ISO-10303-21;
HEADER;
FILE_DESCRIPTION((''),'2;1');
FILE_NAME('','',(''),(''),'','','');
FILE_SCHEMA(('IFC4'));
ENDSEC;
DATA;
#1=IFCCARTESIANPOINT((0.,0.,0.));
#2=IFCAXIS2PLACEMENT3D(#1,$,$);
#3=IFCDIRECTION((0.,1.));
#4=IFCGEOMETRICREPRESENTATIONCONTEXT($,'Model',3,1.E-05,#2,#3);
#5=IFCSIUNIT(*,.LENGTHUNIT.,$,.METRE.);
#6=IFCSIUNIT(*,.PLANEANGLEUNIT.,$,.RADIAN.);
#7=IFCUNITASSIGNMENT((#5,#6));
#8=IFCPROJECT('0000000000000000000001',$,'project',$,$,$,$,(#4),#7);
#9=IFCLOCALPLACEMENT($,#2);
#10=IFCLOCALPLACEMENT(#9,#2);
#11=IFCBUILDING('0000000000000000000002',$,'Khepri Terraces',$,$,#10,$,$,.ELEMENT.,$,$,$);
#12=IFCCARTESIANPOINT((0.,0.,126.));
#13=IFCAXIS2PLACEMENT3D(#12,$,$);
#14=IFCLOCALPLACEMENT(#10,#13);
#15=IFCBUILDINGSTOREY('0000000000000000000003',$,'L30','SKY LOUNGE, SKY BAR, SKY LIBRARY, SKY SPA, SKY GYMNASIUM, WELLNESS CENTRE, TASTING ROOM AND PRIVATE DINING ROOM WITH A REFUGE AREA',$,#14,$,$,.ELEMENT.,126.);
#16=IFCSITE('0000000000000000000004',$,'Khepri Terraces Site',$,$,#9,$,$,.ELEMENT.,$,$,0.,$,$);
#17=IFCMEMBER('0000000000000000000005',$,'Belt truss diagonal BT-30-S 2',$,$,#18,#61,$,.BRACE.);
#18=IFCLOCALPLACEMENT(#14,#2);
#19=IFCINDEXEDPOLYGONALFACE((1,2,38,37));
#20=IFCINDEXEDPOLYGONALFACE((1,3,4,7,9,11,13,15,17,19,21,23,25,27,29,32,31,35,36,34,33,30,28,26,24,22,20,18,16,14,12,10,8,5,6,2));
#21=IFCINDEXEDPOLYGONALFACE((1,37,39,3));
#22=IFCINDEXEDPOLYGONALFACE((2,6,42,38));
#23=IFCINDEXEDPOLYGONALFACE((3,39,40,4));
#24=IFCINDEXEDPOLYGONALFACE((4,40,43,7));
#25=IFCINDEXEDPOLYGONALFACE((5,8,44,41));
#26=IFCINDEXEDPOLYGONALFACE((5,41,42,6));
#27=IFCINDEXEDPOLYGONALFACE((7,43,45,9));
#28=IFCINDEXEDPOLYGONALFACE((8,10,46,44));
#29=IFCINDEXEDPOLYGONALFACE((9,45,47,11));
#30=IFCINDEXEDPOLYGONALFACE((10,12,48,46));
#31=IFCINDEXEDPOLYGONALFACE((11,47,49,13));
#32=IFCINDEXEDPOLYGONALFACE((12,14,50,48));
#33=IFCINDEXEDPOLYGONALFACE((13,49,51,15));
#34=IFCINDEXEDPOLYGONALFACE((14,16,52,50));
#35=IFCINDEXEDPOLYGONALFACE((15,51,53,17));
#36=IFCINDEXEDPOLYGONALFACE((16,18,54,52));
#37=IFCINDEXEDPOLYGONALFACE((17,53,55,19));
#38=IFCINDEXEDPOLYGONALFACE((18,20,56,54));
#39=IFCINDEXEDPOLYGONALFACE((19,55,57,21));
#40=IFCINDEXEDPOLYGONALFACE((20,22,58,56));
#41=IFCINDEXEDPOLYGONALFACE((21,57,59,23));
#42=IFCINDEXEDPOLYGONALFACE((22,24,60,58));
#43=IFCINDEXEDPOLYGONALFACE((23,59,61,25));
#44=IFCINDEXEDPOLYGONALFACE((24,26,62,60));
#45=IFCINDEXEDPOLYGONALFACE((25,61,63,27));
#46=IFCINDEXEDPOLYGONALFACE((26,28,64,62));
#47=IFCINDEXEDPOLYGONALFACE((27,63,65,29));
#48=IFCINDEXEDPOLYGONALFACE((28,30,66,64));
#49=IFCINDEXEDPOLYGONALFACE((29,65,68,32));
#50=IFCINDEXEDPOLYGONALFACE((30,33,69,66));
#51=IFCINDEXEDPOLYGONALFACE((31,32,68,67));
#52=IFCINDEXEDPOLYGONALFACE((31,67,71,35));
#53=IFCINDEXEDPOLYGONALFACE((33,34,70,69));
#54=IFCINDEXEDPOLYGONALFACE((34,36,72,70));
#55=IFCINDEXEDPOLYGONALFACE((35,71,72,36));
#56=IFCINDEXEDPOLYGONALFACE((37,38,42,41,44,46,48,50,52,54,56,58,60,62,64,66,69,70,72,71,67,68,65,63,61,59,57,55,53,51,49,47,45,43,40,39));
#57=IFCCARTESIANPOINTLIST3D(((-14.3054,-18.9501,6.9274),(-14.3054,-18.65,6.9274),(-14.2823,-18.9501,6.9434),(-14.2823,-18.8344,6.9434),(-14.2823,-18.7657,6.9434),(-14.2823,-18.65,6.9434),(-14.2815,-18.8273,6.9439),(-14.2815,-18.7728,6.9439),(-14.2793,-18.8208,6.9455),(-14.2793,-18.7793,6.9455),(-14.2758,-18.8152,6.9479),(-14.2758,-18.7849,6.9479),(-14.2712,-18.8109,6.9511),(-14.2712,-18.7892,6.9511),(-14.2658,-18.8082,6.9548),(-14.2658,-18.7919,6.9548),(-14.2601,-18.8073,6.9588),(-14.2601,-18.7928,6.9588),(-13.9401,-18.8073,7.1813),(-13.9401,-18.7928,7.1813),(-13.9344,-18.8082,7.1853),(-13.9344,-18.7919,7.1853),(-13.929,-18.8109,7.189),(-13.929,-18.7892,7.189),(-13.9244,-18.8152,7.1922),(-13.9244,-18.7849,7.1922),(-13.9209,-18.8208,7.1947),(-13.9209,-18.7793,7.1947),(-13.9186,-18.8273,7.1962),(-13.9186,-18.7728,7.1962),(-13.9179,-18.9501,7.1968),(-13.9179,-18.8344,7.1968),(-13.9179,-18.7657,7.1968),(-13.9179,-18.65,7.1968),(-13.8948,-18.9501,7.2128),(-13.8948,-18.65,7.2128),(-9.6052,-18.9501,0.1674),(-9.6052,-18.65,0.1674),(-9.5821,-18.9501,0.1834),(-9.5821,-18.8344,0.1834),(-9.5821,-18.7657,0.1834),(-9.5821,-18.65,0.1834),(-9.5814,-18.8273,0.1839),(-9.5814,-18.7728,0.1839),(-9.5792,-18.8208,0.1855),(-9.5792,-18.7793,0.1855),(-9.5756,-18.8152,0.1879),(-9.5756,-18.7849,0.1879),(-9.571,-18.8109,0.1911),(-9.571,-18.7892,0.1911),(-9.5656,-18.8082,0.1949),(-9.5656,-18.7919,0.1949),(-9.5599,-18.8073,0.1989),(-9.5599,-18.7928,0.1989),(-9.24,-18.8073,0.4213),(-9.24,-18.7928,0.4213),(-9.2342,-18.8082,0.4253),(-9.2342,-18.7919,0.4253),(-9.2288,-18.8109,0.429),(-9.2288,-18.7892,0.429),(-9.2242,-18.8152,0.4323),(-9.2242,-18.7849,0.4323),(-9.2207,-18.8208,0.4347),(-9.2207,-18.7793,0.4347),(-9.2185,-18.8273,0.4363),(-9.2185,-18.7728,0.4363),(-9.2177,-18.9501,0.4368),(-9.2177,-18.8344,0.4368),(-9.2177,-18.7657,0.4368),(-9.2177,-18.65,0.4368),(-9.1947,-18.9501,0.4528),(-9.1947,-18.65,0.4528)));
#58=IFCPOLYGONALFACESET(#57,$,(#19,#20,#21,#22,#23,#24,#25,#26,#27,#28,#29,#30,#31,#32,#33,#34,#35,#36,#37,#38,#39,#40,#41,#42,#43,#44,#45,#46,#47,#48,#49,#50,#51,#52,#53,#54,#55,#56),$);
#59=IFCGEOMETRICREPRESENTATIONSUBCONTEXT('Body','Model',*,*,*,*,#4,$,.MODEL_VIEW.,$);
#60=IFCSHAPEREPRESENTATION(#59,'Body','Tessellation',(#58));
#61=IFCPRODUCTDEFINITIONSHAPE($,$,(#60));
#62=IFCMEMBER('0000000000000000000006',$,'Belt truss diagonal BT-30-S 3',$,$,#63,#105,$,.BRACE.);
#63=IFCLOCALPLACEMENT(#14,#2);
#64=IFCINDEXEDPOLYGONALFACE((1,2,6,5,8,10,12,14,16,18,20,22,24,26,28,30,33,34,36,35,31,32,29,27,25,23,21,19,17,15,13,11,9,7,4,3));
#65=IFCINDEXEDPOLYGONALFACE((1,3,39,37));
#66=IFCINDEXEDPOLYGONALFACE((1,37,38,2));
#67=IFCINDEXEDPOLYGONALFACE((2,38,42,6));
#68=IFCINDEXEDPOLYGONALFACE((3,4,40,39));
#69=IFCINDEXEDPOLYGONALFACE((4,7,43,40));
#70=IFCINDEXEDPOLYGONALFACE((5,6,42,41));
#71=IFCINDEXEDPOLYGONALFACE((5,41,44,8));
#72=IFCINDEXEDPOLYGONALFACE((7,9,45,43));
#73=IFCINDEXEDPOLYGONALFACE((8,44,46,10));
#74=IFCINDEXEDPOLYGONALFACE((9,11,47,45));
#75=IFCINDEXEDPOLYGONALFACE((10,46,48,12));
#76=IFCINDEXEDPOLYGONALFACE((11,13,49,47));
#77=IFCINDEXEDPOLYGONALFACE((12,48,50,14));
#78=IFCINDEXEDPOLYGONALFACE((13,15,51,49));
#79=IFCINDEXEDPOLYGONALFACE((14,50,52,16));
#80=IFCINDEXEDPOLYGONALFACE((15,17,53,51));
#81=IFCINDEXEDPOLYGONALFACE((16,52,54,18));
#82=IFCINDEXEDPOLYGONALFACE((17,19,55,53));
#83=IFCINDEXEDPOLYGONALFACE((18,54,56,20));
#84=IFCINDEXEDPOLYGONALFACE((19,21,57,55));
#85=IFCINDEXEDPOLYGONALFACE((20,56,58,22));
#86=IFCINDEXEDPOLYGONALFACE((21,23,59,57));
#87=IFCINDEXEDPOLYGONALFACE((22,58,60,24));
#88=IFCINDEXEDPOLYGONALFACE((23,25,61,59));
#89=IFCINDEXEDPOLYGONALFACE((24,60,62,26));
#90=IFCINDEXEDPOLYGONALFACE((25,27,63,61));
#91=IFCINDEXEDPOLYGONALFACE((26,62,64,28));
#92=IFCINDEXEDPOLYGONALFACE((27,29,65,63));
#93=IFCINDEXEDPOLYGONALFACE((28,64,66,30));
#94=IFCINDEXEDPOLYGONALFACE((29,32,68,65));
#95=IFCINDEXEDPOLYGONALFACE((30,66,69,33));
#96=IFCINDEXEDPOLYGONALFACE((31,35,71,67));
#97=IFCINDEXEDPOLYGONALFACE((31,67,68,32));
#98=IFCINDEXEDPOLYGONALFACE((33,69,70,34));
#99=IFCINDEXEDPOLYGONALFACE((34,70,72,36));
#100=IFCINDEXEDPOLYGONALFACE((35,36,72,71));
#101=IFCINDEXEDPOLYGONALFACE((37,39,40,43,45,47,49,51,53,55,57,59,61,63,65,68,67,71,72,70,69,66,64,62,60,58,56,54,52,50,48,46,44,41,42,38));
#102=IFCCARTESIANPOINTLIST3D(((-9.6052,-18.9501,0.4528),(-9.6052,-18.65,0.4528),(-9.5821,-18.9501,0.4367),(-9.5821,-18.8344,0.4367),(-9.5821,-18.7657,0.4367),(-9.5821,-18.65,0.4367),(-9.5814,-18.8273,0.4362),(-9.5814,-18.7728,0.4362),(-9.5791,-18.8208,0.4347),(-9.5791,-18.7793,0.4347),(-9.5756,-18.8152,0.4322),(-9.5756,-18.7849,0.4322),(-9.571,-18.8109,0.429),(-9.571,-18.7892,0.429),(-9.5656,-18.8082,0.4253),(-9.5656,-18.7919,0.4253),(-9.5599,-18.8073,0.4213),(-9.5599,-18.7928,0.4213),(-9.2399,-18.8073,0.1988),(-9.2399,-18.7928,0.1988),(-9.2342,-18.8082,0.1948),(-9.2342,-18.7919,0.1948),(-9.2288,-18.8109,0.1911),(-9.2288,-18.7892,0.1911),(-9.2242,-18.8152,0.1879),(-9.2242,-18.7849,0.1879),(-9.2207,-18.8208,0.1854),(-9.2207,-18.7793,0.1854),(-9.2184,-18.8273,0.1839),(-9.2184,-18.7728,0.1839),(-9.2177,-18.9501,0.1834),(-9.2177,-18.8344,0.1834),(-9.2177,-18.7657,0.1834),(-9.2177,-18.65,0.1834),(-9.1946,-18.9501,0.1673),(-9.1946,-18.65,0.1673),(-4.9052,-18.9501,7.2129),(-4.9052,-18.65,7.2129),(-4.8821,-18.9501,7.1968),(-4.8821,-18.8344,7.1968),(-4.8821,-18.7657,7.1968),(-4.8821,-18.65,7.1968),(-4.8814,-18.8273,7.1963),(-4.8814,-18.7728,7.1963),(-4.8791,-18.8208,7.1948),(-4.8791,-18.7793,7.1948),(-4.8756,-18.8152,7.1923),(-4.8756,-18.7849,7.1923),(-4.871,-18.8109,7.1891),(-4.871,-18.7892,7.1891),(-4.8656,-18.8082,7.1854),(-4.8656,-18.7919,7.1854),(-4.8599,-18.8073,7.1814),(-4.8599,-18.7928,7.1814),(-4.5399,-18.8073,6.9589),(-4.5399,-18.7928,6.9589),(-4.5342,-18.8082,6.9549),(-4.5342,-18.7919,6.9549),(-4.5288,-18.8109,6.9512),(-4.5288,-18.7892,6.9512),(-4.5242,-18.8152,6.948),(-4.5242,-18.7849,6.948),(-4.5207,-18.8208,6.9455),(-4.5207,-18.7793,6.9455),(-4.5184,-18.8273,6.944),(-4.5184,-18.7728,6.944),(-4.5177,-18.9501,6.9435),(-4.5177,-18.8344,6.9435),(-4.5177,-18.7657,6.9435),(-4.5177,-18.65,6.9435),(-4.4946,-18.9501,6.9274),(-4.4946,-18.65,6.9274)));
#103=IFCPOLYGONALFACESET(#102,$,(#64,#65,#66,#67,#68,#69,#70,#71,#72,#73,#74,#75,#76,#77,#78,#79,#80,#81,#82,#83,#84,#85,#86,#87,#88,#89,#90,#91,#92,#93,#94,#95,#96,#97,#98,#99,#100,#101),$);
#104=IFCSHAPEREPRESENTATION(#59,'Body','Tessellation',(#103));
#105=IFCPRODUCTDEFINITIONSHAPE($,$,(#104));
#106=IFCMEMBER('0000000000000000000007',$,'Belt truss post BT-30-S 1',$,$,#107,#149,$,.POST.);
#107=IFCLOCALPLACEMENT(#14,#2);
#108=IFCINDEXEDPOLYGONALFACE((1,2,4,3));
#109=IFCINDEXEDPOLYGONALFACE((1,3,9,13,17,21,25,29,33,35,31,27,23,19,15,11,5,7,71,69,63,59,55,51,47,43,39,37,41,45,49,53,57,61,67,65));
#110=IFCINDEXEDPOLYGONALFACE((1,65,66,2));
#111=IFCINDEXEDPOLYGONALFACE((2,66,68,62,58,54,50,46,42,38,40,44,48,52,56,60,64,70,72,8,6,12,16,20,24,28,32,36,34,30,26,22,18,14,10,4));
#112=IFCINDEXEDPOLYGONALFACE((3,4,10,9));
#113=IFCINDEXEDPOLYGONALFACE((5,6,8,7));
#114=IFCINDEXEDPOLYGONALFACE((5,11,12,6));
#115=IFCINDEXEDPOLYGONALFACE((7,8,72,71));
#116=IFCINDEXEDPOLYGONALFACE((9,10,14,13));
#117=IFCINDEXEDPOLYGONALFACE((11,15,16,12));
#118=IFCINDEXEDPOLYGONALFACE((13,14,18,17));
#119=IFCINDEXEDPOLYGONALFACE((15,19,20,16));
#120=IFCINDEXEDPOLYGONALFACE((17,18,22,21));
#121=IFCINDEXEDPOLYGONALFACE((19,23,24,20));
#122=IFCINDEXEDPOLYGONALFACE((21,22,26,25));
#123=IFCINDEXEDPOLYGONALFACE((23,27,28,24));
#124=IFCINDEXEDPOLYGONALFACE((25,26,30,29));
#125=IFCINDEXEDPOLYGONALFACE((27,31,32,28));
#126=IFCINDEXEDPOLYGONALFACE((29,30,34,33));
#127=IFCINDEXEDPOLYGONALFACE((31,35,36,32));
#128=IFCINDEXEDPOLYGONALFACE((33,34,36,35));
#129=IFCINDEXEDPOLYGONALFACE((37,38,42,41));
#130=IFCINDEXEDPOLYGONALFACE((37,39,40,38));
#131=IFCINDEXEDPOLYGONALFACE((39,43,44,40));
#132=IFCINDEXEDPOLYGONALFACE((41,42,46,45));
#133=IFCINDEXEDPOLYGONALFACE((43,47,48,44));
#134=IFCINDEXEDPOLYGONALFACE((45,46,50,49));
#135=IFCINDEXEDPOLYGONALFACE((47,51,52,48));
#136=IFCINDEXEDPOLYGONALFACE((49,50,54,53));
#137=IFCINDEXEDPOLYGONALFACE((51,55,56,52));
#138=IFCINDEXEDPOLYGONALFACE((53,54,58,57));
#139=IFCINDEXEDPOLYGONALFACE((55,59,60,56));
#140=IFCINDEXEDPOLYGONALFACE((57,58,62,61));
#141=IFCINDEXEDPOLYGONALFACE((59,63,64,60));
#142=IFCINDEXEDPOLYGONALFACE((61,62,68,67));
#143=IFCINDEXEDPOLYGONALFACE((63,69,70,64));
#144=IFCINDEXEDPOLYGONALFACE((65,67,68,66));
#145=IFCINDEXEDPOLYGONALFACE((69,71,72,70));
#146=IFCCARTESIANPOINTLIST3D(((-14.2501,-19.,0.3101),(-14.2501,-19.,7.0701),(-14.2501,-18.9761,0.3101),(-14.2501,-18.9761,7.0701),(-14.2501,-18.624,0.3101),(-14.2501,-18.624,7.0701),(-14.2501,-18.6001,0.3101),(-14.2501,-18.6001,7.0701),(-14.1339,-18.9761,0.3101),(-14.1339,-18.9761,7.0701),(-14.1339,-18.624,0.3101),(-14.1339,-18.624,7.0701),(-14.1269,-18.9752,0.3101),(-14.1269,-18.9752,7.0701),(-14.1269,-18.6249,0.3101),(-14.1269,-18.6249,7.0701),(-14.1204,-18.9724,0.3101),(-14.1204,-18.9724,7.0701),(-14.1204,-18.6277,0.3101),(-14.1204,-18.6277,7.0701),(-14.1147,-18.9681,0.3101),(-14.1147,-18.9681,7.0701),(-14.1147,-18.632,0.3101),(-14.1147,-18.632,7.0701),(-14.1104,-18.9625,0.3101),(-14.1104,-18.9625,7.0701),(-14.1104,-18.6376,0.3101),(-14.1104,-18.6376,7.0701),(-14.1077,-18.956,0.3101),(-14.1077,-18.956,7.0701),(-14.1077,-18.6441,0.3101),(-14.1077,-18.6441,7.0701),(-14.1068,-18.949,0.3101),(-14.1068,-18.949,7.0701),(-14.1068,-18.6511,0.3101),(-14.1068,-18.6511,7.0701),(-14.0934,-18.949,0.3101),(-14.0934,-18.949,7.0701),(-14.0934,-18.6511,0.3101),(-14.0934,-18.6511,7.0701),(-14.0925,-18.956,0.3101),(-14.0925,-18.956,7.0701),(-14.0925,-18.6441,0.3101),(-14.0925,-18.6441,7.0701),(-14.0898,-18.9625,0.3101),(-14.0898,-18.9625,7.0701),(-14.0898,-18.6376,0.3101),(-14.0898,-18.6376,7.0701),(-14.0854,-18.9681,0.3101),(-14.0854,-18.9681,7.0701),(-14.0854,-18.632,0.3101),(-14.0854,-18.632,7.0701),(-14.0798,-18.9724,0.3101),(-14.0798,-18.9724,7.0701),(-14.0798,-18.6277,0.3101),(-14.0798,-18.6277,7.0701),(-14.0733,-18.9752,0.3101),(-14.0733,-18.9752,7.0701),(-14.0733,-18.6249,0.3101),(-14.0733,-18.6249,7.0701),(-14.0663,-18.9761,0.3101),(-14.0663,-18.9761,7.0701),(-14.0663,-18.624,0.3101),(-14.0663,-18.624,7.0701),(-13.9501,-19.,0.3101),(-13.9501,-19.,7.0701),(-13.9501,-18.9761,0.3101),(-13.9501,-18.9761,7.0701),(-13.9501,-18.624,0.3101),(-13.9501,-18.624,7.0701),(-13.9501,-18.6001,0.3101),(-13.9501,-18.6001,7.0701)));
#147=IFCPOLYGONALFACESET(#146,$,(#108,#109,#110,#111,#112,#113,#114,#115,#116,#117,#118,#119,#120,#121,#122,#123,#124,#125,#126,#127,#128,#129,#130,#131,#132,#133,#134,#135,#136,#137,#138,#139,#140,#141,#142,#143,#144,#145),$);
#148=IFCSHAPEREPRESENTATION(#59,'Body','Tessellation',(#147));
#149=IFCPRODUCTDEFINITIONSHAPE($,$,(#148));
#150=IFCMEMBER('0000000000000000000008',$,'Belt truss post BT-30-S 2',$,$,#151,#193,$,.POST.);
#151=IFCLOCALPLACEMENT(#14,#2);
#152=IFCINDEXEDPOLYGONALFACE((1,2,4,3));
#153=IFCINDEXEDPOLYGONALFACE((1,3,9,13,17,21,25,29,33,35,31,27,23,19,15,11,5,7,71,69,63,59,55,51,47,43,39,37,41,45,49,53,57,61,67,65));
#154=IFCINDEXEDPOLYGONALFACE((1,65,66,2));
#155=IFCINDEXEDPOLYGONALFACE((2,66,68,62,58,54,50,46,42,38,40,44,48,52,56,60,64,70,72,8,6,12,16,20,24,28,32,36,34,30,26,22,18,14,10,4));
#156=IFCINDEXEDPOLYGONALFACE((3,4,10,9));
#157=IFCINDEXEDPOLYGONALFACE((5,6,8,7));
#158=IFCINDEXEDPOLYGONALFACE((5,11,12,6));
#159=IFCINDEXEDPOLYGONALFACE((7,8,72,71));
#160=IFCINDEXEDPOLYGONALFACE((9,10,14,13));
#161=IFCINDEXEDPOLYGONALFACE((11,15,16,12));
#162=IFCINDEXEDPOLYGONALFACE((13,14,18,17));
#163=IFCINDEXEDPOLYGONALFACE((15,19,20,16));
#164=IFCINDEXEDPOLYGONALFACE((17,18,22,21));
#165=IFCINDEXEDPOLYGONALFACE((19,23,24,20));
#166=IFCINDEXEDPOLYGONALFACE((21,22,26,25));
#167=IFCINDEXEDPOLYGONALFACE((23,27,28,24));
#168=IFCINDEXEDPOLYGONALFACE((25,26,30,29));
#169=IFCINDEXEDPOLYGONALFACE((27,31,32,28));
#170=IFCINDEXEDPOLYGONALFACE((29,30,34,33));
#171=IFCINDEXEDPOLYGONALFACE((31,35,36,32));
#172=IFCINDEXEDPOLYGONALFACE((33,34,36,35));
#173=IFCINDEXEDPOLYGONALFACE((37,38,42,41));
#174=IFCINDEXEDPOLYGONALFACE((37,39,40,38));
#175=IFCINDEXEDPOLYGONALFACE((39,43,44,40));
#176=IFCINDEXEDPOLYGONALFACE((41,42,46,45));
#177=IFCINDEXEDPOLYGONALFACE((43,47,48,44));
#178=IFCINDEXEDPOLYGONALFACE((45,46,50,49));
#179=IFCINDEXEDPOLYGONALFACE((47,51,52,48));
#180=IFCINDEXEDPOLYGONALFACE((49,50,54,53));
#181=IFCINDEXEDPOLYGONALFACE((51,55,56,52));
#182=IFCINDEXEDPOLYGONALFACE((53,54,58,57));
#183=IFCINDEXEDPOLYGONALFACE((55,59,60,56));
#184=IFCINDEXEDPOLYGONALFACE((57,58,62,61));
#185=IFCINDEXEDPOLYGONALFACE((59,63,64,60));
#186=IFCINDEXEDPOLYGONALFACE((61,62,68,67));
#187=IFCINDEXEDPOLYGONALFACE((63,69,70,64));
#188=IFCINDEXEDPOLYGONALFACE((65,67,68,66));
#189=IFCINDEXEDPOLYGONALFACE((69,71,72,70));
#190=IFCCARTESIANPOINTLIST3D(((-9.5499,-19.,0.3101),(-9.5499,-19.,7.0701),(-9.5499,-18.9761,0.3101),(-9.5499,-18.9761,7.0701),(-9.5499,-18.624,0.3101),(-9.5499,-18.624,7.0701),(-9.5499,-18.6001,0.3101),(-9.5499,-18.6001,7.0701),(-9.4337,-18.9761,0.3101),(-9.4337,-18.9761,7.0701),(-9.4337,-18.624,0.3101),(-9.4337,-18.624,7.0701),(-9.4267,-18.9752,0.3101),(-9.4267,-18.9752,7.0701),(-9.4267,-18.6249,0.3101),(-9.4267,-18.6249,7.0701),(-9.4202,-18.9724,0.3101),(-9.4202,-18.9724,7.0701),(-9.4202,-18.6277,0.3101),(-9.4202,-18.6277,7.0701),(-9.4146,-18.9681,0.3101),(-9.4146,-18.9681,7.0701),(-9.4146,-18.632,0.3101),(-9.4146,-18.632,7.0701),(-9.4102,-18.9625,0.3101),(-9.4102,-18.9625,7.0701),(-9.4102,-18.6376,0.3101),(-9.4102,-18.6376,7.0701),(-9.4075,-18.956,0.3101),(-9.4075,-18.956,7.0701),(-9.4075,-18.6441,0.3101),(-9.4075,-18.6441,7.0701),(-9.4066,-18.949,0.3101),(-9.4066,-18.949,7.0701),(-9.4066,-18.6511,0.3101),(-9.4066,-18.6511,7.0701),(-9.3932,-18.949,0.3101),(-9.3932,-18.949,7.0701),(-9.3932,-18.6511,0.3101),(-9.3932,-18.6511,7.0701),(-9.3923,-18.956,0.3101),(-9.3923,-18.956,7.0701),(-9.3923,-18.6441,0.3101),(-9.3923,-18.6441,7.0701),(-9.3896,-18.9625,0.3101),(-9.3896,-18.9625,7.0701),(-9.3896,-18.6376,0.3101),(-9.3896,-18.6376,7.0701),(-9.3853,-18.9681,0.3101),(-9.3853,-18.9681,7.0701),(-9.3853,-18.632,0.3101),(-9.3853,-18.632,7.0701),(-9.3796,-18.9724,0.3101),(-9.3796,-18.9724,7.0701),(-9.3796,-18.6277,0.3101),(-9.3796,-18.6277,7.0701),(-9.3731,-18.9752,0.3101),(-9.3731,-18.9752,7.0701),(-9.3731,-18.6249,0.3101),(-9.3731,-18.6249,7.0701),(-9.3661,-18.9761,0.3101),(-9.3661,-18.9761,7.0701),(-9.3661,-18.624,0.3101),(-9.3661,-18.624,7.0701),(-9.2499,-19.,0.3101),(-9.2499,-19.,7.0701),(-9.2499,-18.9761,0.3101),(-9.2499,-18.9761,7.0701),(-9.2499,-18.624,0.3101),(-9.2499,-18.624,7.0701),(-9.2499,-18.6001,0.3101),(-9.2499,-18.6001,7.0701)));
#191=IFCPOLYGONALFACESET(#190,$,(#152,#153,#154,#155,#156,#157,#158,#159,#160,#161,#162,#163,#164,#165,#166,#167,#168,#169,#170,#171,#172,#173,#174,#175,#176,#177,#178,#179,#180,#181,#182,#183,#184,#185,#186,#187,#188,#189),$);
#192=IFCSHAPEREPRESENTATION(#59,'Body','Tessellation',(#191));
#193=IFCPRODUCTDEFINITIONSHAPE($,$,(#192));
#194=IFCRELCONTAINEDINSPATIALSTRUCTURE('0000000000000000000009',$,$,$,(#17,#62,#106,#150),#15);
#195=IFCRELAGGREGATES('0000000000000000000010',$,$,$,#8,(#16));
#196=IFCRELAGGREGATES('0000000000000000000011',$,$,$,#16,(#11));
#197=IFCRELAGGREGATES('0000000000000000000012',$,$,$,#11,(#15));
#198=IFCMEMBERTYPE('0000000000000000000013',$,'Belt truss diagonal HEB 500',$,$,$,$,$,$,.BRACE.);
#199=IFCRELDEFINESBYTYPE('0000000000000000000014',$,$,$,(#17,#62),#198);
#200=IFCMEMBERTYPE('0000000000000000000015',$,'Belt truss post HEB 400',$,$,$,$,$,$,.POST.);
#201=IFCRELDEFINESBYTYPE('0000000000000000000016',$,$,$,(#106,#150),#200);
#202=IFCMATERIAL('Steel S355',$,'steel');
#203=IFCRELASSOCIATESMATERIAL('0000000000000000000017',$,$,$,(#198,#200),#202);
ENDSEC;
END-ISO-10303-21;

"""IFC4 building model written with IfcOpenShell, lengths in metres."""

from ifc_helpers import new_model, si_unit, direction, frame, origin, origin_2d, place, context, subcontext, project, spatial, i_section, extrude, material, material_profile, profile_set, type_object, element, save


model = new_model("IFC4")

# Units and contexts
model_context = context("Model", 3, precision=1e-05, world=origin(), true_north=direction((0.0, 1.0)))
body_context = subcontext(model_context, "Body", "Model", "MODEL_VIEW")
ifc_project = project(units=[si_unit("LENGTHUNIT", "METRE"), si_unit("PLANEANGLEUNIT", "RADIAN")], contexts=[model_context])

# Site, building, storey
site_placement = place(None, origin())
site = spatial("IfcSite", under=ifc_project, at=site_placement, Name="Khepri Terraces Site", CompositionType="ELEMENT", RefElevation=0.0)
building_placement = place(site_placement, origin())
building = spatial("IfcBuilding", under=site, at=building_placement, Name="Khepri Terraces", CompositionType="ELEMENT")
storey_placement = place(building_placement, frame((0.0, 0.0, 126.0)))
storey = spatial("IfcBuildingStorey", under=building, at=storey_placement, Name="L30", Description="SKY LOUNGE, SKY BAR, SKY LIBRARY, SKY SPA, SKY GYMNASIUM, WELLNESS CENTRE, TASTING ROOM AND PRIVATE DINING ROOM WITH A REFUGE AREA", CompositionType="ELEMENT", Elevation=126.0)

# Members
ifc_material_1 = material(Name="Steel S355", Category="steel")
ifc_material_profile_1 = material_profile(ifc_material_1, i_section(OverallWidth=0.3, OverallDepth=0.5, WebThickness=0.0144, FlangeThickness=0.0281, FilletRadius=0.0271, at=origin_2d()), Name="Steel S355", Category="steel")
ifc_profile_set_1 = profile_set([ifc_material_profile_1], Name="Steel S355")
member_type_1 = type_object("IfcMemberType", Name="Belt truss diagonal HEB 500", PredefinedType="BRACE", material=ifc_profile_set_1)
for number, where, z_axis, x_axis, name in (
    (1, (-14.1001, -18.8, 7.0701), (0.570866, 0.0, -0.821043), (0.0, 1.0, 0.0), "Belt truss diagonal BT-30-S 2"),
    (2, (-9.3999, -18.8, 0.3101), (0.570846, 0.0, 0.821057), (0.0, 1.0, 0.0), "Belt truss diagonal BT-30-S 3"),
):
    element("IfcMember", number, at=place(storey_placement, frame(where, z_axis=z_axis, x_axis=x_axis)), inside=storey, type_object=member_type_1, Name=name, PredefinedType="BRACE", context=body_context, shape_type="SweptSolid", body=[
        extrude(i_section(OverallWidth=0.3, OverallDepth=0.5, WebThickness=0.0144, FlangeThickness=0.0281, FilletRadius=0.0271, at=origin_2d()), origin(), (0.0, 0.0, 1.0), 8.2334),
    ])
ifc_material_profile_2 = material_profile(ifc_material_1, i_section(OverallWidth=0.3, OverallDepth=0.3999, WebThickness=0.0134, FlangeThickness=0.0239, FilletRadius=0.0271, at=origin_2d()), Name="Steel S355", Category="steel")
ifc_profile_set_2 = profile_set([ifc_material_profile_2], Name="Steel S355")
member_type_2 = type_object("IfcMemberType", Name="Belt truss post HEB 400", PredefinedType="POST", material=ifc_profile_set_2)
for number, where, z_axis, x_axis, name in (
    (3, (-14.1001, -18.8, 0.3101), (0.0, 0.0, 1.0), (1.0, 0.0, 0.0), "Belt truss post BT-30-S 1"),
    (4, (-9.3999, -18.8, 0.3101), (0.0, 0.0, 1.0), (1.0, 0.0, 0.0), "Belt truss post BT-30-S 2"),
):
    element("IfcMember", number, at=place(storey_placement, frame(where, z_axis=z_axis, x_axis=x_axis)), inside=storey, type_object=member_type_2, Name=name, PredefinedType="POST", context=body_context, shape_type="SweptSolid", body=[
        extrude(i_section(OverallWidth=0.3, OverallDepth=0.3999, WebThickness=0.0134, FlangeThickness=0.0239, FilletRadius=0.0271, at=origin_2d()), origin(), (0.0, 0.0, 1.0), 6.76),
    ])

save(model, "model.ifc")
